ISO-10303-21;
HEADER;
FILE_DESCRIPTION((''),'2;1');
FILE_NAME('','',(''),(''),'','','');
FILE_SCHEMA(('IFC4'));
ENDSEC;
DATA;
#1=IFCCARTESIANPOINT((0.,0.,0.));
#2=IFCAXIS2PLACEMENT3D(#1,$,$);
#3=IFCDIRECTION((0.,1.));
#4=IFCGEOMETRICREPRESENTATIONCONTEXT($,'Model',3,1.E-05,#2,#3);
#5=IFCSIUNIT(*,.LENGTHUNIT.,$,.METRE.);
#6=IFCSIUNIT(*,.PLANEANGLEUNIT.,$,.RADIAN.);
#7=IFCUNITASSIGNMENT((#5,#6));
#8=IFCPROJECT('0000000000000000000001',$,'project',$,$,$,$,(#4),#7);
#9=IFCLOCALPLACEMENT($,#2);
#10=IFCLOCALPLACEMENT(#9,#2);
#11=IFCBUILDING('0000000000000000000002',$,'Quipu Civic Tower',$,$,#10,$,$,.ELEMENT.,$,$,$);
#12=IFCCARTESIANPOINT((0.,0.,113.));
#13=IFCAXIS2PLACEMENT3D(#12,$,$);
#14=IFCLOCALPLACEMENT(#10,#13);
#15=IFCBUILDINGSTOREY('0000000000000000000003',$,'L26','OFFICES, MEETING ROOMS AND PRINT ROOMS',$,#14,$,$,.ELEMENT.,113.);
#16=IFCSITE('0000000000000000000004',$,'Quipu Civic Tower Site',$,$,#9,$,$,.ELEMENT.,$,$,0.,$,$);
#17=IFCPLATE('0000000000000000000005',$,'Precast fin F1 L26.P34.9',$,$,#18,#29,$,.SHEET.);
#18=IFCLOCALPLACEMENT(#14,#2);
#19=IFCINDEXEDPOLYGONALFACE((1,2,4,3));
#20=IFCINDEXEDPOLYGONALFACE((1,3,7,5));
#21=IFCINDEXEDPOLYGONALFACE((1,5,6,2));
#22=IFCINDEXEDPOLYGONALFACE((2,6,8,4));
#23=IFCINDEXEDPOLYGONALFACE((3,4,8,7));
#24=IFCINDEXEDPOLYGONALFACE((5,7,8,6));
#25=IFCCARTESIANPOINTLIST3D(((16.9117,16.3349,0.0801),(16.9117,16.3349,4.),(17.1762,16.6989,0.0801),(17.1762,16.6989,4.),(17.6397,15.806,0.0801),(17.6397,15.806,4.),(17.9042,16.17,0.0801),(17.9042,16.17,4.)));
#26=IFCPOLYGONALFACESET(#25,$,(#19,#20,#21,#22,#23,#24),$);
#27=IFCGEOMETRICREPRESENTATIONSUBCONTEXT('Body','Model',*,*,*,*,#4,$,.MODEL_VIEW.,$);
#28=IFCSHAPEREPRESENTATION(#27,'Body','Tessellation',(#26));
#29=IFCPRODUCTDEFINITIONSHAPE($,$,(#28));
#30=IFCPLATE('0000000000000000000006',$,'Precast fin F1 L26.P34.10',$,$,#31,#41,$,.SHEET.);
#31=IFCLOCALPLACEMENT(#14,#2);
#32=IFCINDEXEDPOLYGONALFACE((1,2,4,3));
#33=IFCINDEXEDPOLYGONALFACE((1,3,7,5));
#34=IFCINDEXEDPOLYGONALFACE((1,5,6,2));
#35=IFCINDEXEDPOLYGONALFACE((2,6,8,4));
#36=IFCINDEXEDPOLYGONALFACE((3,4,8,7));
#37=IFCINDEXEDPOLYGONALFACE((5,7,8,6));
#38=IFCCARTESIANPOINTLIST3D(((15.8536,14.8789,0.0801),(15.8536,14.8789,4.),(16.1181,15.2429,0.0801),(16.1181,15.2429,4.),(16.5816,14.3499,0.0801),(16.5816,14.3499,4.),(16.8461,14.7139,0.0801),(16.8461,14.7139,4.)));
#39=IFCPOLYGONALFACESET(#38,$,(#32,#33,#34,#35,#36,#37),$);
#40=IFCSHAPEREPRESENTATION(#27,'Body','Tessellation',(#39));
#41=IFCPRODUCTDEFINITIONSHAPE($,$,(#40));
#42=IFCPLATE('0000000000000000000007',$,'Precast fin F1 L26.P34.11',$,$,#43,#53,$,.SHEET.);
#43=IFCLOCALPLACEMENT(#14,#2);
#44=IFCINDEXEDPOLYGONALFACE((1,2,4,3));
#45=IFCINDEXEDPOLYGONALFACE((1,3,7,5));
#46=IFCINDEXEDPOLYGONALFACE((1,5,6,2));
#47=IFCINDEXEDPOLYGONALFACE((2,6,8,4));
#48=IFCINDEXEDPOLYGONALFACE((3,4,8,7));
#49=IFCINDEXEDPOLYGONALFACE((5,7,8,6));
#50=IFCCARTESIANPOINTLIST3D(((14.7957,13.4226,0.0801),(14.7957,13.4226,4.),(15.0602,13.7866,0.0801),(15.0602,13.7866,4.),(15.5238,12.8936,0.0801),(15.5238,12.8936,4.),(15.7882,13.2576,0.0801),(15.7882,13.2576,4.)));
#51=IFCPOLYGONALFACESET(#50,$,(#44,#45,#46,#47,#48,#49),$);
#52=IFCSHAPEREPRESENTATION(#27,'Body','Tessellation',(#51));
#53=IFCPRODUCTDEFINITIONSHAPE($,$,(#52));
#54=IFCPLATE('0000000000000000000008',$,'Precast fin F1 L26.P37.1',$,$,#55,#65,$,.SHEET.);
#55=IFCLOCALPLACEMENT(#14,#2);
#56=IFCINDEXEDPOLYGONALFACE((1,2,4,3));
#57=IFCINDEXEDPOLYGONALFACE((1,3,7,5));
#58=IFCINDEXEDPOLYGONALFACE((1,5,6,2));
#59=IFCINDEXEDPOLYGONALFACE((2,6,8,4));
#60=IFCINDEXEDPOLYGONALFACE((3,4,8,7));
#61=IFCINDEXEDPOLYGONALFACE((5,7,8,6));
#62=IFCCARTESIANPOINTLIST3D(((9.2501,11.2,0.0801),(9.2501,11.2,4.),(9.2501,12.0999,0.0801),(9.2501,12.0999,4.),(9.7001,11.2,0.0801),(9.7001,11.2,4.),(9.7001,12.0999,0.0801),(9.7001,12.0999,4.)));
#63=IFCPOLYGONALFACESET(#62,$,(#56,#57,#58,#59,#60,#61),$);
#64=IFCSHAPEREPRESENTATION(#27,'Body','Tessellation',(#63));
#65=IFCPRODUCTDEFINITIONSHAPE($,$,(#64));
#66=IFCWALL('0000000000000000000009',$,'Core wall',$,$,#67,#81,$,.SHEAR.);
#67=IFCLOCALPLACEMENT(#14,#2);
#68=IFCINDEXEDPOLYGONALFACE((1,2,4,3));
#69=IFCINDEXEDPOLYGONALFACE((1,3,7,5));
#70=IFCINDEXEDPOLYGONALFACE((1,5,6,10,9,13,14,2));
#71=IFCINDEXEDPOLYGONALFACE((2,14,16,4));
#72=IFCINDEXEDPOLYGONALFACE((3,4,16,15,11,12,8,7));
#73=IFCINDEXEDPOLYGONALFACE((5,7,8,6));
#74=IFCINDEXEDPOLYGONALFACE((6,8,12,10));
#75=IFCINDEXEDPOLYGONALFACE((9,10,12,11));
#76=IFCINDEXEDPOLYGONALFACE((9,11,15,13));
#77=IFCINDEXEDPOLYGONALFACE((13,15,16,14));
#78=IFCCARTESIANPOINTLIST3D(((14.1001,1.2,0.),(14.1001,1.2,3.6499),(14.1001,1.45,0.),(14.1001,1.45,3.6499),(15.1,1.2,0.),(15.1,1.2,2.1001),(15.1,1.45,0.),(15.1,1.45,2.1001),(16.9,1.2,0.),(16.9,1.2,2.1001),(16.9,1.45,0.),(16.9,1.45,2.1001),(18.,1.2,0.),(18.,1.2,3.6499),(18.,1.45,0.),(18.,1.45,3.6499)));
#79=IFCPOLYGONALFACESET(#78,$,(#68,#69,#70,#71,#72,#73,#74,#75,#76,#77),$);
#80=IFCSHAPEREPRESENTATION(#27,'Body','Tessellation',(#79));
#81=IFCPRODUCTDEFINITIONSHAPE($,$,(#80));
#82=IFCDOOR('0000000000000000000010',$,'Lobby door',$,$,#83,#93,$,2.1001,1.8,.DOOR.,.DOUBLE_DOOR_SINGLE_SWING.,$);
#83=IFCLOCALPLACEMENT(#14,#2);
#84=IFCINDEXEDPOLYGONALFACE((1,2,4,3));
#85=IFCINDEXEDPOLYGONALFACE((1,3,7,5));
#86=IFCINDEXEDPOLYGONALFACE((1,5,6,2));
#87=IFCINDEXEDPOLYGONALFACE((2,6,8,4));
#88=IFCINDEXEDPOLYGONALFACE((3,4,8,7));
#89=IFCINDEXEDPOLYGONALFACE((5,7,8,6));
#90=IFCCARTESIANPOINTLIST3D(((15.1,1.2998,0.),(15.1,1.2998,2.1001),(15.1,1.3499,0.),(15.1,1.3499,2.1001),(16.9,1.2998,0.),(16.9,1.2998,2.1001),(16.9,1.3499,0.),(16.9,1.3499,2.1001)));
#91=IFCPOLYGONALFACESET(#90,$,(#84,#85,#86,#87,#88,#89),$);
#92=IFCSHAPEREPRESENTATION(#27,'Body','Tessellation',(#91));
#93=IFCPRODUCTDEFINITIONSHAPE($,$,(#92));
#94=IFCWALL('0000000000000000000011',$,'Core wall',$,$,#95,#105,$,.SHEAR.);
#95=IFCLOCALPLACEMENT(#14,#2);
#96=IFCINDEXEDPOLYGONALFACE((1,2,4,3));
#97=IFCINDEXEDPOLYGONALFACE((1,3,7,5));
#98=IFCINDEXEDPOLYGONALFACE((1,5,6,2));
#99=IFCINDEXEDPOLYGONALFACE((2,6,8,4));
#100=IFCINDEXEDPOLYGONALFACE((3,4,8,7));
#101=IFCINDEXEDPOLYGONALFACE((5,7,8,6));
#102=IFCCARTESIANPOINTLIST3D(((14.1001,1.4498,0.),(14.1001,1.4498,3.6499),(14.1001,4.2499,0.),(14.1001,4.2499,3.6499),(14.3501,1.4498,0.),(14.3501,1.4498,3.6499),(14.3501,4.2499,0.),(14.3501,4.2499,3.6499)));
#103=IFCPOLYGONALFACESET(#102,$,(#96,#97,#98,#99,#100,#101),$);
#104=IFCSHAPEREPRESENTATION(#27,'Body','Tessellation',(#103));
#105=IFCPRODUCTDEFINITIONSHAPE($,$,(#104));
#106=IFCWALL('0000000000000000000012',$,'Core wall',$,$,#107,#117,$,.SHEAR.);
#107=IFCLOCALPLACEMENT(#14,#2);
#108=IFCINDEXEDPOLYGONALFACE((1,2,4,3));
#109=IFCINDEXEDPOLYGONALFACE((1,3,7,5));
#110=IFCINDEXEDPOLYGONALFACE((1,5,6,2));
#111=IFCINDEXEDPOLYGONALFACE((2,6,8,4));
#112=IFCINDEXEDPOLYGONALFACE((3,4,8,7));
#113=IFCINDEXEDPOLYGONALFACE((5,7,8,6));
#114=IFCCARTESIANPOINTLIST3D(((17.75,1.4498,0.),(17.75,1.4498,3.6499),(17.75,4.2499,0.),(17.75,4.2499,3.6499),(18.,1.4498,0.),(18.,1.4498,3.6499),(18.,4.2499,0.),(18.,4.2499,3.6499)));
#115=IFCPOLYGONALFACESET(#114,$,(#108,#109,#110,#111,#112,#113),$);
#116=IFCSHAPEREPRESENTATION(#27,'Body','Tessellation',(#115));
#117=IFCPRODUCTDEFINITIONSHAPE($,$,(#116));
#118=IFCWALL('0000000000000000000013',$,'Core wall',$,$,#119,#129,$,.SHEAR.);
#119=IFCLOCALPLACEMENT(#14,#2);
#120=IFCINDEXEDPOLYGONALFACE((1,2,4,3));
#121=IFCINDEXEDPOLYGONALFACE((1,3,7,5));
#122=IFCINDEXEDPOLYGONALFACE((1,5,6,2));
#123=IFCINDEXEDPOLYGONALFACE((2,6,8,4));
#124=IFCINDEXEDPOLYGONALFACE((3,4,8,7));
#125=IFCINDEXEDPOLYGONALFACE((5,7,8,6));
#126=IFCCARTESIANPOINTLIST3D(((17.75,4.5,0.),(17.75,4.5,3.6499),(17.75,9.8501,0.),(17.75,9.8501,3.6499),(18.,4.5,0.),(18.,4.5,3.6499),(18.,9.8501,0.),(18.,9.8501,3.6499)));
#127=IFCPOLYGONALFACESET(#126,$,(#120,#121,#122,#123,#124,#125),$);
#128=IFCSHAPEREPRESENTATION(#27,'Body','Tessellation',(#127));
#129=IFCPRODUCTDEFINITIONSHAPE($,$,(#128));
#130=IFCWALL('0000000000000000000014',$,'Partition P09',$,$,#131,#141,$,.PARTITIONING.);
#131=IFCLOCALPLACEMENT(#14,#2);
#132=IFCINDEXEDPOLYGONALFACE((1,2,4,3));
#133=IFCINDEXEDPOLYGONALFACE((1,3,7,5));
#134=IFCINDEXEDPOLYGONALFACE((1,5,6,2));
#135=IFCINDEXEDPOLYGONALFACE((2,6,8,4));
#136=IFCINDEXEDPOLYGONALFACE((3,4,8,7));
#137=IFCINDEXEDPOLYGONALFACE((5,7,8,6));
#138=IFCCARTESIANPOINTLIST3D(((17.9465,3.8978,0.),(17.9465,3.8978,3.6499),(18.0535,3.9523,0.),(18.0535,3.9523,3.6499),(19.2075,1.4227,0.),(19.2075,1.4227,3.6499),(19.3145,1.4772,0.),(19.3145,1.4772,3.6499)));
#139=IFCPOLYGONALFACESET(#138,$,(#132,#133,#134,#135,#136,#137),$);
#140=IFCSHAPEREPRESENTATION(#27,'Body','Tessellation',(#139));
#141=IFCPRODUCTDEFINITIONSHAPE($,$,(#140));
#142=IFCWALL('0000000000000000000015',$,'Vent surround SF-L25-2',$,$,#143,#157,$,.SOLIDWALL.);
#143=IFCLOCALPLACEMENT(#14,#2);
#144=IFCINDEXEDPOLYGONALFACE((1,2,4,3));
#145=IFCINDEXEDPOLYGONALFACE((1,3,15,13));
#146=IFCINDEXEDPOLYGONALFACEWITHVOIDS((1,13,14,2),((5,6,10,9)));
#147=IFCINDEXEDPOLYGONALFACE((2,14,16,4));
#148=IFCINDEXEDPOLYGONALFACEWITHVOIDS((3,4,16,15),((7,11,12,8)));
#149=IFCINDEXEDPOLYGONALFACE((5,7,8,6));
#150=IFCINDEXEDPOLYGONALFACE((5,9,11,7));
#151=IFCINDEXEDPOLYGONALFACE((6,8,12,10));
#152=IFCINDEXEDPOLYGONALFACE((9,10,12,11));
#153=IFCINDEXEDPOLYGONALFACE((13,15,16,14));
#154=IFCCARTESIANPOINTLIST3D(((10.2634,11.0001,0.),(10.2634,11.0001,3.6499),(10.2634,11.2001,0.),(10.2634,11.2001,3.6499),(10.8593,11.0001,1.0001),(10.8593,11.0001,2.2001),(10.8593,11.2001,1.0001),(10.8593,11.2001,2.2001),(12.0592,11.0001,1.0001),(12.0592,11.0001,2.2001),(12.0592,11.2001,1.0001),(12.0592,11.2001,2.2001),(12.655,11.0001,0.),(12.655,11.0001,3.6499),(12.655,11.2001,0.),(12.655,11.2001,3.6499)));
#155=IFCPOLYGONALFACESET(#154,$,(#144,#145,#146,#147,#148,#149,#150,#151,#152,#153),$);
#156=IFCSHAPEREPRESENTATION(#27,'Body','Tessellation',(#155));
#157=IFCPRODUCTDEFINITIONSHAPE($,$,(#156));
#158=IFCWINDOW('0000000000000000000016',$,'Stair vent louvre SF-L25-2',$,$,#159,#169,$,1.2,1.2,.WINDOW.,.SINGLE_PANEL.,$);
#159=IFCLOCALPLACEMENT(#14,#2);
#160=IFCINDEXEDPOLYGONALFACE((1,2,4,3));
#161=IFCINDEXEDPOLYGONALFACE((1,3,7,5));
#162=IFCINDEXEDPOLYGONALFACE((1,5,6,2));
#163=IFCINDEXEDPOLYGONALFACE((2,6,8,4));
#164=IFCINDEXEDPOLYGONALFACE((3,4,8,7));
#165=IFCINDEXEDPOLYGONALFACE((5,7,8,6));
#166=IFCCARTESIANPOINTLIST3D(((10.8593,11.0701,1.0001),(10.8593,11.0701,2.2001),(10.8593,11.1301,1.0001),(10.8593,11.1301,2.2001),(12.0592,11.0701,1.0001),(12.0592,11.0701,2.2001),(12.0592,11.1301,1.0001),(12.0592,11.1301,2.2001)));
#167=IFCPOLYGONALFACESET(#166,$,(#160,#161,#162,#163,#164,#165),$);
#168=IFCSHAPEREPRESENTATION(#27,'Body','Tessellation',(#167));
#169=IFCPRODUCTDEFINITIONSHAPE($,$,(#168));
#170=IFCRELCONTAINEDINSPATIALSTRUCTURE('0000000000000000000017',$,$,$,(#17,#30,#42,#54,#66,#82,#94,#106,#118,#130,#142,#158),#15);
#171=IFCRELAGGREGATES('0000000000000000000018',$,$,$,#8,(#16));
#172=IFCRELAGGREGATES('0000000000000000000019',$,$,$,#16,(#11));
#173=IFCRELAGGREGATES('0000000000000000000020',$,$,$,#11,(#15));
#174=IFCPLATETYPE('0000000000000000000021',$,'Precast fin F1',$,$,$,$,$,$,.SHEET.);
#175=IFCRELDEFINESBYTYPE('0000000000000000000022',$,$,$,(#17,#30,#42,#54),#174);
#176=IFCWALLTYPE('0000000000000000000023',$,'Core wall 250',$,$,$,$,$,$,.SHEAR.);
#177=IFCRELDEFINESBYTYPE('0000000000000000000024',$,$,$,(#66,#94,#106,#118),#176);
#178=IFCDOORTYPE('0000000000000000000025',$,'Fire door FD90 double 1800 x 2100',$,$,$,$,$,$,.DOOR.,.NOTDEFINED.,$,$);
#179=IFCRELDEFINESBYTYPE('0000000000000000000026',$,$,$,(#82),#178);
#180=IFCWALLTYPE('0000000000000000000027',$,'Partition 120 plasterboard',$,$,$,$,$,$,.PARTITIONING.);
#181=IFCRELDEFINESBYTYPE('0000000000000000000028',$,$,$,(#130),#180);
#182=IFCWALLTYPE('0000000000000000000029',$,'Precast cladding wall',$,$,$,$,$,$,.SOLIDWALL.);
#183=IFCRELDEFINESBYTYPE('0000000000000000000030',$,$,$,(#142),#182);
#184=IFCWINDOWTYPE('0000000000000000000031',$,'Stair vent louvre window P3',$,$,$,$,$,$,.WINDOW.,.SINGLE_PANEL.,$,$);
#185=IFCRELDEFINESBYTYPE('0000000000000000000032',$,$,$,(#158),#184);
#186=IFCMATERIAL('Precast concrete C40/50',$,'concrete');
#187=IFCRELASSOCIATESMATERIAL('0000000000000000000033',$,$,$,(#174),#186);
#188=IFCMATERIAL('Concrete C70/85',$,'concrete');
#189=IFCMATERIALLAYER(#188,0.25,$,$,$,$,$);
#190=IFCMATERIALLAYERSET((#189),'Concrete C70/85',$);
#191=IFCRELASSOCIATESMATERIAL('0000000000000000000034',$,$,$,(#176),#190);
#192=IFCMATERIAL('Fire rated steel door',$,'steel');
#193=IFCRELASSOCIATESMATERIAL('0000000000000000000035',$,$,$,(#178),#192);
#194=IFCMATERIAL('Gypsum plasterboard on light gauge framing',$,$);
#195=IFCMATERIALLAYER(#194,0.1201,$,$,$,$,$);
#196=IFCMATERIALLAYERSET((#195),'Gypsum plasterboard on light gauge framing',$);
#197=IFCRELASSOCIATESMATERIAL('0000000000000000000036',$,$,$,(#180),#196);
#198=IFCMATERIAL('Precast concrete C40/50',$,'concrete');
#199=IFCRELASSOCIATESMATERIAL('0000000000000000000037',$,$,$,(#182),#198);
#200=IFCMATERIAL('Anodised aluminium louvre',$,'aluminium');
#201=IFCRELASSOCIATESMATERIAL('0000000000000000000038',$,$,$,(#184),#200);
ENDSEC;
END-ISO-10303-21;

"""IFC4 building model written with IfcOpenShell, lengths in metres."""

from ifc_helpers import new_model, si_unit, direction, frame, frame_2d, origin, origin_2d, place, context, subcontext, project, spatial, rectangle, extrude, material, layer, layer_set, type_object, element, fill, save


model = new_model("IFC4")

# Units and contexts
model_context = context("Model", 3, precision=1e-05, world=origin(), true_north=direction((0.0, 1.0)))
body_context = subcontext(model_context, "Body", "Model", "MODEL_VIEW")
ifc_project = project(units=[si_unit("LENGTHUNIT", "METRE"), si_unit("PLANEANGLEUNIT", "RADIAN")], contexts=[model_context])

# Site, building, storey
site_placement = place(None, origin())
site = spatial("IfcSite", under=ifc_project, at=site_placement, Name="Quipu Civic Tower Site", CompositionType="ELEMENT", RefElevation=0.0)
building_placement = place(site_placement, origin())
building = spatial("IfcBuilding", under=site, at=building_placement, Name="Quipu Civic Tower", CompositionType="ELEMENT")
storey_placement = place(building_placement, frame((0.0, 0.0, 113.0)))
storey = spatial("IfcBuildingStorey", under=building, at=storey_placement, Name="L26", Description="OFFICES, MEETING ROOMS AND PRINT ROOMS", CompositionType="ELEMENT", Elevation=113.0)

# Plates
ifc_material_1 = material(Name="Precast concrete C40/50", Category="concrete")
plate_type_1 = type_object("IfcPlateType", Name="Precast fin F1", PredefinedType="SHEET", material=ifc_material_1)
for number, where, z_axis, x_axis, name in (
    (1, (17.408, 16.2524, 0.0801), (0.0, 0.0, 1.0), (-0.587787, -0.809016, 0.0), "Precast fin F1 L26.P34.9"),
    (2, (16.3499, 14.7964, 0.0801), (0.0, 0.0, 1.0), (-0.587787, -0.809016, 0.0), "Precast fin F1 L26.P34.10"),
    (3, (15.292, 13.3401, 0.0801), (0.0, 0.0, 1.0), (-0.587787, -0.809016, 0.0), "Precast fin F1 L26.P34.11"),
    (4, (9.4751, 11.6499, 0.0801), (0.0, 0.0, 1.0), (-1.0, 0.0, 0.0), "Precast fin F1 L26.P37.1"),
):
    element("IfcPlate", number, at=place(storey_placement, frame(where, z_axis=z_axis, x_axis=x_axis)), inside=storey, type_object=plate_type_1, Name=name, PredefinedType="SHEET", context=body_context, shape_type="SweptSolid", body=[
        extrude(rectangle(XDim=0.45, YDim=0.8999, at=origin_2d()), origin(), (0.0, 0.0, 1.0), 3.9199),
    ])

# Wall, opening, door
ifc_material_2 = material(Name="Concrete C70/85", Category="concrete")
ifc_layer_1 = layer(ifc_material_2, 0.25)
ifc_layer_set_1 = layer_set([ifc_layer_1], Name="Concrete C70/85")
wall_type_1 = type_object("IfcWallType", Name="Core wall 250", PredefinedType="SHEAR", material=ifc_layer_set_1)
wall_1_placement = place(storey_placement, frame((14.1001, 1.325, 0.0), z_axis=(0.0, 0.0, 1.0), x_axis=(1.0, 0.0, 0.0)))
wall_1 = element("IfcWall", 5, at=wall_1_placement, inside=storey, type_object=wall_type_1, Name="Core wall", PredefinedType="SHEAR", context=body_context, shape_type="SweptSolid", body=[
    extrude(rectangle(XDim=3.8999, YDim=0.25, at=frame_2d((1.95, 0.0))), origin(), (0.0, 0.0, 1.0), 3.6499),
])
opening_1_placement = place(wall_1_placement, frame((1.0, 0.0, 0.0)))
opening_1 = element("IfcOpeningElement", 6, at=opening_1_placement, cuts=wall_1, PredefinedType="OPENING", context=body_context, shape_type="SweptSolid", body=[
    extrude(rectangle(XDim=1.8, YDim=2.1001, at=frame_2d((0.8999, 1.05))), frame((0.0, 0.135, 0.0), z_axis=(0.0, -1.0, 0.0), x_axis=(1.0, 0.0, 0.0)), (0.0, 0.0, 1.0), 0.27),
])
ifc_material_3 = material(Name="Fire rated steel door", Category="steel")
door_type = type_object("IfcDoorType", Name="Fire door FD90 double 1800 x 2100", OperationType="NOTDEFINED", PredefinedType="DOOR", material=ifc_material_3)
door_placement = place(opening_1_placement, origin())
door = element("IfcDoor", 7, at=door_placement, inside=storey, type_object=door_type, Name="Lobby door", OperationType="DOUBLE_DOOR_SINGLE_SWING", OverallHeight=2.1001, OverallWidth=1.8, PredefinedType="DOOR", context=body_context, shape_type="SweptSolid", body=[
    extrude(rectangle(XDim=1.8, YDim=2.1001, at=frame_2d((0.8999, 1.05))), frame((0.0, 0.0249, 0.0), z_axis=(0.0, -1.0, 0.0), x_axis=(1.0, 0.0, 0.0)), (0.0, 0.0, 1.0), 0.05),
])
fill(opening_1, door)

# Walls
for number, where, z_axis, x_axis, name in (
    (8, (14.2251, 1.45, 0.0), (0.0, 0.0, 1.0), (0.0, 1.0, 0.0), "Core wall"),
    (9, (17.875, 1.45, 0.0), (0.0, 0.0, 1.0), (0.0, 1.0, 0.0), "Core wall"),
):
    element("IfcWall", number, at=place(storey_placement, frame(where, z_axis=z_axis, x_axis=x_axis)), inside=storey, type_object=wall_type_1, Name=name, PredefinedType="SHEAR", context=body_context, shape_type="SweptSolid", body=[
        extrude(rectangle(XDim=2.8, YDim=0.25, at=frame_2d((1.3999, 0.0))), origin(), (0.0, 0.0, 1.0), 3.6499),
    ])
wall_2_placement = place(storey_placement, frame((17.875, 4.5, 0.0), z_axis=(0.0, 0.0, 1.0), x_axis=(0.0, 1.0, 0.0)))
element("IfcWall", 10, at=wall_2_placement, inside=storey, type_object=wall_type_1, Name="Core wall", PredefinedType="SHEAR", context=body_context, shape_type="SweptSolid", body=[
    extrude(rectangle(XDim=5.3501, YDim=0.25, at=frame_2d((2.675, 0.0))), origin(), (0.0, 0.0, 1.0), 3.6499),
])
ifc_material_4 = material(Name="Gypsum plasterboard on light gauge framing")
ifc_layer_2 = layer(ifc_material_4, 0.1201)
ifc_layer_set_2 = layer_set([ifc_layer_2], Name="Gypsum plasterboard on light gauge framing")
wall_type_2 = type_object("IfcWallType", Name="Partition 120 plasterboard", PredefinedType="PARTITIONING", material=ifc_layer_set_2)
wall_3_placement = place(storey_placement, frame((18.0, 3.925, 0.0), z_axis=(0.0, 0.0, 1.0), x_axis=(0.453951, -0.891027, 0.0)))
element("IfcWall", 11, at=wall_3_placement, inside=storey, type_object=wall_type_2, Name="Partition P09", PredefinedType="PARTITIONING", context=body_context, shape_type="SweptSolid", body=[
    extrude(rectangle(XDim=2.7778, YDim=0.1201, at=frame_2d((1.3889, 0.0))), origin(), (0.0, 0.0, 1.0), 3.6499),
])

# Wall, opening, window
ifc_material_5 = material(Name="Precast concrete C40/50", Category="concrete")
wall_type_3 = type_object("IfcWallType", Name="Precast cladding wall", PredefinedType="SOLIDWALL", material=ifc_material_5)
wall_4_placement = place(storey_placement, frame((12.655, 11.1001, 0.0), z_axis=(0.0, 0.0, 1.0), x_axis=(-1.0, 0.0, 0.0)))
wall_4 = element("IfcWall", 12, at=wall_4_placement, inside=storey, type_object=wall_type_3, Name="Vent surround SF-L25-2", PredefinedType="SOLIDWALL", context=body_context, shape_type="SweptSolid", body=[
    extrude(rectangle(XDim=2.3916, YDim=0.2, at=frame_2d((1.1958, 0.0))), origin(), (0.0, 0.0, 1.0), 3.6499),
])
opening_2_placement = place(wall_4_placement, frame((0.5957, 0.0, 1.0)))
opening_2 = element("IfcOpeningElement", 13, at=opening_2_placement, cuts=wall_4, PredefinedType="OPENING", context=body_context, shape_type="SweptSolid", body=[
    extrude(rectangle(XDim=1.2, YDim=1.2, at=frame_2d((0.6001, 0.6001))), frame((0.0, 0.1099, 0.0), z_axis=(0.0, -1.0, 0.0), x_axis=(1.0, 0.0, 0.0)), (0.0, 0.0, 1.0), 0.22),
])
ifc_material_6 = material(Name="Anodised aluminium louvre", Category="aluminium")
window_type = type_object("IfcWindowType", Name="Stair vent louvre window P3", PartitioningType="SINGLE_PANEL", PredefinedType="WINDOW", material=ifc_material_6)
window_placement = place(opening_2_placement, origin())
window = element("IfcWindow", 14, at=window_placement, inside=storey, type_object=window_type, Name="Stair vent louvre SF-L25-2", OverallHeight=1.2, OverallWidth=1.2, PartitioningType="SINGLE_PANEL", PredefinedType="WINDOW", context=body_context, shape_type="SweptSolid", body=[
    extrude(rectangle(XDim=1.2, YDim=1.2, at=frame_2d((0.6001, 0.6001))), frame((0.0, 0.03, 0.0), z_axis=(0.0, -1.0, 0.0), x_axis=(1.0, 0.0, 0.0)), (0.0, 0.0, 1.0), 0.0601),
])
fill(opening_2, window)

save(model, "model.ifc")
